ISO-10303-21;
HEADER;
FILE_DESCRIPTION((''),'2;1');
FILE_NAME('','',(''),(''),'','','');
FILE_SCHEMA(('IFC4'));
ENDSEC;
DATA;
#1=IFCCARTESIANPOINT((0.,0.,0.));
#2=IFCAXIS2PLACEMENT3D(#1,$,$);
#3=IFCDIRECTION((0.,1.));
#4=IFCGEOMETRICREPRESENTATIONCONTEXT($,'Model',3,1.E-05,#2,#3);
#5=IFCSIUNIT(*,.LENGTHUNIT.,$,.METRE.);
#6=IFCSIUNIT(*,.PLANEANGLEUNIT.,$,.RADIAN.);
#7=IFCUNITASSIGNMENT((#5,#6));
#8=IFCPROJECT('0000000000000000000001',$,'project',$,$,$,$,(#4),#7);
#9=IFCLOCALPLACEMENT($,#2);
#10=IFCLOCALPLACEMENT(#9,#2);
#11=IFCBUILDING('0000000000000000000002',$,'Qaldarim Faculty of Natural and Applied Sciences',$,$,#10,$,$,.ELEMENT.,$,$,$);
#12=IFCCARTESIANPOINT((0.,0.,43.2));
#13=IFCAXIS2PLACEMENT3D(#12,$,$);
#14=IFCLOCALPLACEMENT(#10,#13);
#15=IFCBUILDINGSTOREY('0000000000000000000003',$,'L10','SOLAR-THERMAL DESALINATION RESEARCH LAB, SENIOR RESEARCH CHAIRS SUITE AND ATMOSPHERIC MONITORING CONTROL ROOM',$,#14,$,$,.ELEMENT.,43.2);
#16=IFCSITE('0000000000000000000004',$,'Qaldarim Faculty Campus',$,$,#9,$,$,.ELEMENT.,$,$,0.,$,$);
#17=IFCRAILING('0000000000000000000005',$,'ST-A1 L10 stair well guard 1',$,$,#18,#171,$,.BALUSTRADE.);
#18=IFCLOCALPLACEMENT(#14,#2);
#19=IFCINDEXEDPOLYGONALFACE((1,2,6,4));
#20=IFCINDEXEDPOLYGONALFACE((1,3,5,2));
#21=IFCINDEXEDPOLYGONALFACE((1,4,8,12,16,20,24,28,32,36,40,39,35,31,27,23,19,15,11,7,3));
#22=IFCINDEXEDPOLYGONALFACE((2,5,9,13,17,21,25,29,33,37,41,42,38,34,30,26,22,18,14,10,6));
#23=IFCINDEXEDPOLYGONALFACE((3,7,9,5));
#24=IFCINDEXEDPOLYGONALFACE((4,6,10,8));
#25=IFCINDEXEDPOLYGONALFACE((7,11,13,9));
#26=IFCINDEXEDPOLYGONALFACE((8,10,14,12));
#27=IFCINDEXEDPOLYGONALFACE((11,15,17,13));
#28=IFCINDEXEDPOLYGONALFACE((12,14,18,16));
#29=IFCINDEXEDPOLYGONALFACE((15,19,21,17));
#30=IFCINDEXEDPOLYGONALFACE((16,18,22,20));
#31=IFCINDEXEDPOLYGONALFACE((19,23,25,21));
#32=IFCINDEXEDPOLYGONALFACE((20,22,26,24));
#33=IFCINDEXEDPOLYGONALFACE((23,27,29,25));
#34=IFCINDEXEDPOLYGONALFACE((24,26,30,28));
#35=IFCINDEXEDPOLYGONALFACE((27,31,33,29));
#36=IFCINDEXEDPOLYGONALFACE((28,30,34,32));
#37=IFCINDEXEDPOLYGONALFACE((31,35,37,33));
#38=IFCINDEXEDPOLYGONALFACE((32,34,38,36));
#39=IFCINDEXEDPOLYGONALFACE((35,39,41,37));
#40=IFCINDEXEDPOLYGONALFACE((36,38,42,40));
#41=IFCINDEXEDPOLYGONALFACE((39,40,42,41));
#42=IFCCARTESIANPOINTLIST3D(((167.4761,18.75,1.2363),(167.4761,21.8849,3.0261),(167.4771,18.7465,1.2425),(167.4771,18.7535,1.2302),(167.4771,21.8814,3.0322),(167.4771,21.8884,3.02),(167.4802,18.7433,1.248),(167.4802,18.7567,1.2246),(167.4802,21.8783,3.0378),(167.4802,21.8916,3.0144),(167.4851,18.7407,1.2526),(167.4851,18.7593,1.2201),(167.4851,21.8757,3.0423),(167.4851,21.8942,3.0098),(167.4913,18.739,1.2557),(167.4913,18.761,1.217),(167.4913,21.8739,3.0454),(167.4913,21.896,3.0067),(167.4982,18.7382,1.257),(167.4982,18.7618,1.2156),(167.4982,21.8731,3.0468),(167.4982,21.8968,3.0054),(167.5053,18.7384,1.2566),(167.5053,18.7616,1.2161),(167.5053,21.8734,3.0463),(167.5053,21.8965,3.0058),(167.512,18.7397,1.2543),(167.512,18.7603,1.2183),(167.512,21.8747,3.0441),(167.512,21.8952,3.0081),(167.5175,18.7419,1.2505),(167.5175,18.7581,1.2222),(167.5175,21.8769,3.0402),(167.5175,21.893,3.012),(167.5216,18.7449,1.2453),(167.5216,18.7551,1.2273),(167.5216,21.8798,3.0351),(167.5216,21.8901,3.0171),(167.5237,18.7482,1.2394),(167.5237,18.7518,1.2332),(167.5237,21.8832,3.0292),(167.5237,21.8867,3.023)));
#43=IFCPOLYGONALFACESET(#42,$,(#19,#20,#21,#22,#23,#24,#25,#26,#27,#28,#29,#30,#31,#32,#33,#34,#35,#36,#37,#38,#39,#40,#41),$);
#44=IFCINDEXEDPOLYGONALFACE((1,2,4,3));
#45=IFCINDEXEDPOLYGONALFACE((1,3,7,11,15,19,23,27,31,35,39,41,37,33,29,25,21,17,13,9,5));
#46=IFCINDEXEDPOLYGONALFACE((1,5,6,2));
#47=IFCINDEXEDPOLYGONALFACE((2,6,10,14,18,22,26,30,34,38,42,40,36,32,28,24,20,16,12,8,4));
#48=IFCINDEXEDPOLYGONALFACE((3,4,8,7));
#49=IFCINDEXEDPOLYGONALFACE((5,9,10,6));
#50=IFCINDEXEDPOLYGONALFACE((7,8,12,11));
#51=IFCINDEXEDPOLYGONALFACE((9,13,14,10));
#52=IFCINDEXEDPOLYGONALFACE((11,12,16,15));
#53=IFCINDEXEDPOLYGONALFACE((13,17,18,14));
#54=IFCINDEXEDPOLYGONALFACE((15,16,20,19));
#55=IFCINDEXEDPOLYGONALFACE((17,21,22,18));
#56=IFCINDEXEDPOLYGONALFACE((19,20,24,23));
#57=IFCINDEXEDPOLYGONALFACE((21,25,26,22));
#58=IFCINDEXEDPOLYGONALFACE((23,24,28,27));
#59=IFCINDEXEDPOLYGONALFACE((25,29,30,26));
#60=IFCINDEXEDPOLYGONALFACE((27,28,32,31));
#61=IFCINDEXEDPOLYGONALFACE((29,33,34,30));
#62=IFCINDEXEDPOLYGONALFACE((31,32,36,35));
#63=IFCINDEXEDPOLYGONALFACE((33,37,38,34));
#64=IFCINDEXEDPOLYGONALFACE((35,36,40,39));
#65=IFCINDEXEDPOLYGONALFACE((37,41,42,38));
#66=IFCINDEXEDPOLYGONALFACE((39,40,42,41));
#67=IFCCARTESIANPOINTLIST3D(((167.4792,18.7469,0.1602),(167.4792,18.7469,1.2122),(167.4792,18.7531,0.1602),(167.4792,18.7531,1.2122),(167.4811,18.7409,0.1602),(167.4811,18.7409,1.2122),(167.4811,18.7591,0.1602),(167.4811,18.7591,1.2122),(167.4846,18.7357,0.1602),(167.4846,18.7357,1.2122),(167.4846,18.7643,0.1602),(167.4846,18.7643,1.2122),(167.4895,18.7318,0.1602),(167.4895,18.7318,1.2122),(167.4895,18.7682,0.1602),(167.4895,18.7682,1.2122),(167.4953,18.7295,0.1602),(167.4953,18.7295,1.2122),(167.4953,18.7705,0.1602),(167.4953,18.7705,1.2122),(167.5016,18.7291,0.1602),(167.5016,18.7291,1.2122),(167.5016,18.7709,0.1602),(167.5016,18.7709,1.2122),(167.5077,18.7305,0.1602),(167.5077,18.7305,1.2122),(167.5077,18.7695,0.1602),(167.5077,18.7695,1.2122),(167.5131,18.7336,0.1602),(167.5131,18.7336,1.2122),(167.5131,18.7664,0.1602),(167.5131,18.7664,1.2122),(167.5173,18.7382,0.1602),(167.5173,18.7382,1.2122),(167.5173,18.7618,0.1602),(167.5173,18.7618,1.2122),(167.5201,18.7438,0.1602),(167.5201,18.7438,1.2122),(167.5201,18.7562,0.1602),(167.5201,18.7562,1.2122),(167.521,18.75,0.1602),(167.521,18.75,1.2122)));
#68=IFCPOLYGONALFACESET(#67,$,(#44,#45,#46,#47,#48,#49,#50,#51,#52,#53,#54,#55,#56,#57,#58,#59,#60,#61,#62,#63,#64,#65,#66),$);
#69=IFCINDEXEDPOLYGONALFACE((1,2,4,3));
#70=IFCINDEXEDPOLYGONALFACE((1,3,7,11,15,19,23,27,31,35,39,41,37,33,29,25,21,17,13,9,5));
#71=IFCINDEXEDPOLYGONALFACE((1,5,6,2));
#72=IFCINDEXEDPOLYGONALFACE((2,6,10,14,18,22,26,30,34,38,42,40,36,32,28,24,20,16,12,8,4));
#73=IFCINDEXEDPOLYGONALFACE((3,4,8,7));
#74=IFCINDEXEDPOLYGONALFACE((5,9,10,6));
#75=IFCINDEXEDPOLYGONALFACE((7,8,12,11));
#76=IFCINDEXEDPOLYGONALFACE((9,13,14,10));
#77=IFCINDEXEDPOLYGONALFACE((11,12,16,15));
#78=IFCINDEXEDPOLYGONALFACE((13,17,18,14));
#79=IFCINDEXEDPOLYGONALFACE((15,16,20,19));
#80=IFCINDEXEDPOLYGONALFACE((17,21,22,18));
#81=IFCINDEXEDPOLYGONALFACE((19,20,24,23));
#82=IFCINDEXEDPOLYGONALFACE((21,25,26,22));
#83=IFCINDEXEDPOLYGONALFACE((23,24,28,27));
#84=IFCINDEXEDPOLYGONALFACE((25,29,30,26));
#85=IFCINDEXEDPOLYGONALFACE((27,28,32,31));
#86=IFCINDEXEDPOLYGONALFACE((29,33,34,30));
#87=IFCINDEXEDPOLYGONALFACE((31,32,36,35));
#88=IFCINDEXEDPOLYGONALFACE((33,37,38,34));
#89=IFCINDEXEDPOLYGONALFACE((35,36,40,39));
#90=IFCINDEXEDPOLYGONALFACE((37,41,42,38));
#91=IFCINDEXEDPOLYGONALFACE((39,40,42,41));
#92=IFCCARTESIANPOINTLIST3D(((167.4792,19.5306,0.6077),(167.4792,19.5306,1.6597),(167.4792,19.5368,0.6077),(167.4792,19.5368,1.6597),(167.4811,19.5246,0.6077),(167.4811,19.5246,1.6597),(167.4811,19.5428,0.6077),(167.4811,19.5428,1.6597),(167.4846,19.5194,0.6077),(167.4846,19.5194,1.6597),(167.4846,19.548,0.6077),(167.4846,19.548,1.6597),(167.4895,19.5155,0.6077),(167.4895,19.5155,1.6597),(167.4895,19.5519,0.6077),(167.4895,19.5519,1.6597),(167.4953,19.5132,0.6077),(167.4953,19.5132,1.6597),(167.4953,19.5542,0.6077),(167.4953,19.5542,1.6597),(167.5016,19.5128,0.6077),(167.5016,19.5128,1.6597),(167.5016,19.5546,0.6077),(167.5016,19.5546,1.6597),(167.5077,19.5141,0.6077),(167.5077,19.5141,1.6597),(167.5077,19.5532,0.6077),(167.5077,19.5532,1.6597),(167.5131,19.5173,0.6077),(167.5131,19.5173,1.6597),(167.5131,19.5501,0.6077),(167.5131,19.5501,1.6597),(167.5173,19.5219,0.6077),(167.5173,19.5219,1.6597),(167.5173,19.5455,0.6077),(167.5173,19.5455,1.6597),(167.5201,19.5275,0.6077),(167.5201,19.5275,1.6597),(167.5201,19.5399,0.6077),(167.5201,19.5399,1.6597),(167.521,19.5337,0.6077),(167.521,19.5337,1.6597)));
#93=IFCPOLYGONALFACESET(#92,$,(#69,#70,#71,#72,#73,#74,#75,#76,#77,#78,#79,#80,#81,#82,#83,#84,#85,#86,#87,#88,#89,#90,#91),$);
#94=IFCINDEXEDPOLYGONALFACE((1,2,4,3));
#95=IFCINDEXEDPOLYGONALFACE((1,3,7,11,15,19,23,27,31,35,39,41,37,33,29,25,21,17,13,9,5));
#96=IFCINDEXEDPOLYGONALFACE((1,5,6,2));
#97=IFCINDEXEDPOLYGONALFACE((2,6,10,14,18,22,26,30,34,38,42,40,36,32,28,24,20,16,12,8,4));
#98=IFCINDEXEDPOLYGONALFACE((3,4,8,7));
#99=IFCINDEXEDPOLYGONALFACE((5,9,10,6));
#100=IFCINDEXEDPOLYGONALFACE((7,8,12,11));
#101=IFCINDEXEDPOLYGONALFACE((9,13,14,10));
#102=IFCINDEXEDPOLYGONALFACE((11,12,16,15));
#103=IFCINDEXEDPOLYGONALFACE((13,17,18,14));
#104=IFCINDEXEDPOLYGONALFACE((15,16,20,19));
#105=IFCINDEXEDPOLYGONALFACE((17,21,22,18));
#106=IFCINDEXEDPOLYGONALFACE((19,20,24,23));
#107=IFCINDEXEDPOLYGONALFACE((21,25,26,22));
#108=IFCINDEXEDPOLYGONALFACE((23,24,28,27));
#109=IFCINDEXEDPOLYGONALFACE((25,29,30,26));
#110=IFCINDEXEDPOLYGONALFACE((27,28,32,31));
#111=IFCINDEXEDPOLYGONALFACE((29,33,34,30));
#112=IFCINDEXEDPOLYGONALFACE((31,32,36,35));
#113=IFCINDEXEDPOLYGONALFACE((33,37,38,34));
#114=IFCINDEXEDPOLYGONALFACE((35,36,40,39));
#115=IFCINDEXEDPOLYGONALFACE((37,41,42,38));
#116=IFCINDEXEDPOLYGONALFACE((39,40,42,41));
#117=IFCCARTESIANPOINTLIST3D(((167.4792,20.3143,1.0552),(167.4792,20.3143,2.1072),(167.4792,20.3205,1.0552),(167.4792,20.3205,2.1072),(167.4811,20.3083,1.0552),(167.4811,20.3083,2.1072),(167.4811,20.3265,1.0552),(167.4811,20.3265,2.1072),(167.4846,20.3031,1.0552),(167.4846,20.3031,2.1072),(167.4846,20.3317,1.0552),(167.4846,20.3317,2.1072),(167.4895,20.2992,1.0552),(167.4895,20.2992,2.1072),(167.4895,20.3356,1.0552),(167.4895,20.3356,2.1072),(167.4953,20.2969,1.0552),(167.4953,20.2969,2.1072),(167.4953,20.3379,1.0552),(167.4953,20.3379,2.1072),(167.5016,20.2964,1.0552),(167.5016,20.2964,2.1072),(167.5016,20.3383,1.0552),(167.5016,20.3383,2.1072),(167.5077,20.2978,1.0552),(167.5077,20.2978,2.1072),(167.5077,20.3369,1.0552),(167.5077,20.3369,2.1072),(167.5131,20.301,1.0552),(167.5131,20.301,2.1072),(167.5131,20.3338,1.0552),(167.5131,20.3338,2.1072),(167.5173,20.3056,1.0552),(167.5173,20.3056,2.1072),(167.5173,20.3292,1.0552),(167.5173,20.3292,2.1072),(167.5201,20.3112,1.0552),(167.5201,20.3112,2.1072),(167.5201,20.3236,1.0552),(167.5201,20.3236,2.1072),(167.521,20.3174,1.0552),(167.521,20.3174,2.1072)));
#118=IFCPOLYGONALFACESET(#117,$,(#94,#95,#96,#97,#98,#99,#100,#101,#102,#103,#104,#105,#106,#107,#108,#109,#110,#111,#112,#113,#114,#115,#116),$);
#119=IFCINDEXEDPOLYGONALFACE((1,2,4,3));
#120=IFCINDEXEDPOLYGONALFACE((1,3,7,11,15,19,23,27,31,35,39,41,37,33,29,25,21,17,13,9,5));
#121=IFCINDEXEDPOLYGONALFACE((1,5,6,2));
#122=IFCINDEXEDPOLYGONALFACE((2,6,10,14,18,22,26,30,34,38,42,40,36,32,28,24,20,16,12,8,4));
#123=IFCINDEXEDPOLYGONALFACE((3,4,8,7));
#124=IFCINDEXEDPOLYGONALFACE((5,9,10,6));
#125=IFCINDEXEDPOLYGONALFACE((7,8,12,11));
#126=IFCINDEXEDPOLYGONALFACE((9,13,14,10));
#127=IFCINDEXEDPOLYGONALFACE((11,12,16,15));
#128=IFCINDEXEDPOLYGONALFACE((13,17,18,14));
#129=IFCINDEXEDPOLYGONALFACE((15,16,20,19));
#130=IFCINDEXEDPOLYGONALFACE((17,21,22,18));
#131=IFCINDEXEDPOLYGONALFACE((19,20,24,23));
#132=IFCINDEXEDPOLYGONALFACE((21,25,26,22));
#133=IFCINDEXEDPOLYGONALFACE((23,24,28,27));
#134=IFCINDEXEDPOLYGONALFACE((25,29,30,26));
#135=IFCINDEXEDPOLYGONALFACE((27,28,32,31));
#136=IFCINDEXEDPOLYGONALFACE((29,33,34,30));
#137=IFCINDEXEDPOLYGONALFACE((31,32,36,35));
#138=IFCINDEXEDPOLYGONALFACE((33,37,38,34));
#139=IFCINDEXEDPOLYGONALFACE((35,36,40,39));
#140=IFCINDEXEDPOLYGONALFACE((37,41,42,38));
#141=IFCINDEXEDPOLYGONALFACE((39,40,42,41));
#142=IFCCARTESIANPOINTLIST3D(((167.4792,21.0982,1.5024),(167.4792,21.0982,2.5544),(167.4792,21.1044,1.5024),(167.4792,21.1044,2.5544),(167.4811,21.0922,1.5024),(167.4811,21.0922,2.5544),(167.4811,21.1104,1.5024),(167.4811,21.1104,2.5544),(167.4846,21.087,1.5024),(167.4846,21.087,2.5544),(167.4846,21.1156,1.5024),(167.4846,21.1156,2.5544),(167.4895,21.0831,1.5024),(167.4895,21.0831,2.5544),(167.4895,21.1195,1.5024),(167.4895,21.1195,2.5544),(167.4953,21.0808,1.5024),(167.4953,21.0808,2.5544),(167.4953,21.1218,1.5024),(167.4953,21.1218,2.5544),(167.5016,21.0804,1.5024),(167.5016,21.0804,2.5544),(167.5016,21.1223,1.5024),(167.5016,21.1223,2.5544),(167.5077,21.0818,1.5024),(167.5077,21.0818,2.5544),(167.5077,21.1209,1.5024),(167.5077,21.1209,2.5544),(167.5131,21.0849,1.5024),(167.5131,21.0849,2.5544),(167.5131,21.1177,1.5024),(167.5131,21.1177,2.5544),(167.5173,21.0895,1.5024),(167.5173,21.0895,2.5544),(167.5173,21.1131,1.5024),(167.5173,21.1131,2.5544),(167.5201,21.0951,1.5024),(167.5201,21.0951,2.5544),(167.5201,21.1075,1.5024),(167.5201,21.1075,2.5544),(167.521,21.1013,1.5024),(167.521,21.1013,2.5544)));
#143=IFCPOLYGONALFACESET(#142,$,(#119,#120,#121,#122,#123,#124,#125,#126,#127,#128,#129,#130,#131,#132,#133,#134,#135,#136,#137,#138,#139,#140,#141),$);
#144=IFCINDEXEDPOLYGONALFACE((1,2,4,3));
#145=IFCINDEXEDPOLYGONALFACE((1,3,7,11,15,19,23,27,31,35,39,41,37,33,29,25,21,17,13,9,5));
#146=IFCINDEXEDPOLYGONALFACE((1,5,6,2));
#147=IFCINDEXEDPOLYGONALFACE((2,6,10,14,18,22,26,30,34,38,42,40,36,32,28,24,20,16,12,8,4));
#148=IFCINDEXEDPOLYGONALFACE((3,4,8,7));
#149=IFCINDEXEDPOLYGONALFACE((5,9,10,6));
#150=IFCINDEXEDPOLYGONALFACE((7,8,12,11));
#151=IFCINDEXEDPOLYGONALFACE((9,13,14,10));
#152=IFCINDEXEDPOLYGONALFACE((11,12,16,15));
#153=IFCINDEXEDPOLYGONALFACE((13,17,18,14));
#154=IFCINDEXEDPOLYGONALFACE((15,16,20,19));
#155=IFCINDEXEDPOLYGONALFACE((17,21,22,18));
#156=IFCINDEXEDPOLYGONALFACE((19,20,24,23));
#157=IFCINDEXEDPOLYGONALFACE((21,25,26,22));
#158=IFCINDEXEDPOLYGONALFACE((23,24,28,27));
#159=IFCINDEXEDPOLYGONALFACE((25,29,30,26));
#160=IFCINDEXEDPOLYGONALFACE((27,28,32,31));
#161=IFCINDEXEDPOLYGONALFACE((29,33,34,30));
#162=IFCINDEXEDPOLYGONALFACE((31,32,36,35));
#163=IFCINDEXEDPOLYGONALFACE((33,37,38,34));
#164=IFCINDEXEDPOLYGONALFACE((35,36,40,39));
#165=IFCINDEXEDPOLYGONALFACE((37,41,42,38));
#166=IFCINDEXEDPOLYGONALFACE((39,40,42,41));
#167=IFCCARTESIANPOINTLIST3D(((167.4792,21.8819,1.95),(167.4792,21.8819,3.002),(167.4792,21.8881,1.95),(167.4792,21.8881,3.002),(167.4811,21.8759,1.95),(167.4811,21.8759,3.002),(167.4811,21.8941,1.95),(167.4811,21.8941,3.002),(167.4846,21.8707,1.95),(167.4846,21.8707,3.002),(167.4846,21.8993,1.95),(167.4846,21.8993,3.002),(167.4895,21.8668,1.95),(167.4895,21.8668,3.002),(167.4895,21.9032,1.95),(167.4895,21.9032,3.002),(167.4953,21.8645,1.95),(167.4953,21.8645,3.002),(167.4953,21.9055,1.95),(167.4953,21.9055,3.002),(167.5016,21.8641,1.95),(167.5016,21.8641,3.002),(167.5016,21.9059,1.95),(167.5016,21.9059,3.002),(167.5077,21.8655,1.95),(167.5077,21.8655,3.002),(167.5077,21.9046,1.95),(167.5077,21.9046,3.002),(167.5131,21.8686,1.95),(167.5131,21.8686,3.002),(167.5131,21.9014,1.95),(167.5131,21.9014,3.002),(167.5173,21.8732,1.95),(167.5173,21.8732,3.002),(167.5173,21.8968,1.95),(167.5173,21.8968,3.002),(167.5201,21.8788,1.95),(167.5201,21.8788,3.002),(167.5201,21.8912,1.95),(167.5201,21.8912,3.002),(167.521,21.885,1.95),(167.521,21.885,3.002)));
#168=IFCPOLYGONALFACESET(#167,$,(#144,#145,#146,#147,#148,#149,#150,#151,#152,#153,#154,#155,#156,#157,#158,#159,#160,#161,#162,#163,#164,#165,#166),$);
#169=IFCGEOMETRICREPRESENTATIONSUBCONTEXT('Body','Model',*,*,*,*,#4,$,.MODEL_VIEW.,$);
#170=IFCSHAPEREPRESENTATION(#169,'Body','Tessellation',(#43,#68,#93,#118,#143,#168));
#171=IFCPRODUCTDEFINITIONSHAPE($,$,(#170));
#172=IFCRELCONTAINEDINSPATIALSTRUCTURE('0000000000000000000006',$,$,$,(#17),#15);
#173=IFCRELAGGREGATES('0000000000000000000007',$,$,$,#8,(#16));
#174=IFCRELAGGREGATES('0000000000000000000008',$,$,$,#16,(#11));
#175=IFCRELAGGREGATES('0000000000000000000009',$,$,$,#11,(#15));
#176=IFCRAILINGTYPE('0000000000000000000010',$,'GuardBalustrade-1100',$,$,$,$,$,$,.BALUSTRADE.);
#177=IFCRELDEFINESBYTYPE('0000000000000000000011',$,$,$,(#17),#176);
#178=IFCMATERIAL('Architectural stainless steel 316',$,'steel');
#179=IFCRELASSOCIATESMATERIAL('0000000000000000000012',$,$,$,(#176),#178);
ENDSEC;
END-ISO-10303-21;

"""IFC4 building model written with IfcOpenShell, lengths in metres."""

from ifc_helpers import new_model, si_unit, direction, frame, origin, origin_2d, place, context, subcontext, project, spatial, circle, extrude, material, type_object, element, save


model = new_model("IFC4")

# Units and contexts
model_context = context("Model", 3, precision=1e-05, world=origin(), true_north=direction((0.0, 1.0)))
body_context = subcontext(model_context, "Body", "Model", "MODEL_VIEW")
ifc_project = project(units=[si_unit("LENGTHUNIT", "METRE"), si_unit("PLANEANGLEUNIT", "RADIAN")], contexts=[model_context])

# Site, building, storey
site_placement = place(None, origin())
site = spatial("IfcSite", under=ifc_project, at=site_placement, Name="Qaldarim Faculty Campus", CompositionType="ELEMENT", RefElevation=0.0)
building_placement = place(site_placement, origin())
building = spatial("IfcBuilding", under=site, at=building_placement, Name="Qaldarim Faculty of Natural and Applied Sciences", CompositionType="ELEMENT")
storey_placement = place(building_placement, frame((0.0, 0.0, 43.2)))
storey = spatial("IfcBuildingStorey", under=building, at=storey_placement, Name="L10", Description="SOLAR-THERMAL DESALINATION RESEARCH LAB, SENIOR RESEARCH CHAIRS SUITE AND ATMOSPHERIC MONITORING CONTROL ROOM", CompositionType="ELEMENT", Elevation=43.2)

# Shared definitions
ifc_material_1 = material(Name="Architectural stainless steel 316", Category="steel")

# Railing
railing_type_1 = type_object("IfcRailingType", Name="GuardBalustrade-1100", PredefinedType="BALUSTRADE", material=ifc_material_1)
railing_1_placement = place(storey_placement, frame((167.5, 18.75, 0.1602)))
element("IfcRailing", 1, at=railing_1_placement, inside=storey, type_object=railing_type_1, Name="ST-A1 L10 stair well guard 1", PredefinedType="BALUSTRADE", context=body_context, shape_type="SweptSolid", body=[
    extrude(circle(Radius=0.0239, at=origin_2d()), frame((0.0, 0.0, 1.0762), z_axis=(0.0, 0.868439, 0.495797), x_axis=(-1.0, 0.0, 0.0)), (0.0, 0.0, 1.0), 3.6099),
    extrude(circle(Radius=0.021, at=origin_2d()), origin(), (0.0, 0.0, 1.0), 1.052),
    extrude(circle(Radius=0.021, at=origin_2d()), frame((0.0, 0.7837, 0.4475)), (0.0, 0.0, 1.0), 1.052),
    extrude(circle(Radius=0.021, at=origin_2d()), frame((0.0, 1.5674, 0.895)), (0.0, 0.0, 1.0), 1.052),
    extrude(circle(Radius=0.021, at=origin_2d()), frame((0.0, 2.3513, 1.3423)), (0.0, 0.0, 1.0), 1.052),
    extrude(circle(Radius=0.021, at=origin_2d()), frame((0.0, 3.135, 1.7898)), (0.0, 0.0, 1.0), 1.052),
])

save(model, "model.ifc")
